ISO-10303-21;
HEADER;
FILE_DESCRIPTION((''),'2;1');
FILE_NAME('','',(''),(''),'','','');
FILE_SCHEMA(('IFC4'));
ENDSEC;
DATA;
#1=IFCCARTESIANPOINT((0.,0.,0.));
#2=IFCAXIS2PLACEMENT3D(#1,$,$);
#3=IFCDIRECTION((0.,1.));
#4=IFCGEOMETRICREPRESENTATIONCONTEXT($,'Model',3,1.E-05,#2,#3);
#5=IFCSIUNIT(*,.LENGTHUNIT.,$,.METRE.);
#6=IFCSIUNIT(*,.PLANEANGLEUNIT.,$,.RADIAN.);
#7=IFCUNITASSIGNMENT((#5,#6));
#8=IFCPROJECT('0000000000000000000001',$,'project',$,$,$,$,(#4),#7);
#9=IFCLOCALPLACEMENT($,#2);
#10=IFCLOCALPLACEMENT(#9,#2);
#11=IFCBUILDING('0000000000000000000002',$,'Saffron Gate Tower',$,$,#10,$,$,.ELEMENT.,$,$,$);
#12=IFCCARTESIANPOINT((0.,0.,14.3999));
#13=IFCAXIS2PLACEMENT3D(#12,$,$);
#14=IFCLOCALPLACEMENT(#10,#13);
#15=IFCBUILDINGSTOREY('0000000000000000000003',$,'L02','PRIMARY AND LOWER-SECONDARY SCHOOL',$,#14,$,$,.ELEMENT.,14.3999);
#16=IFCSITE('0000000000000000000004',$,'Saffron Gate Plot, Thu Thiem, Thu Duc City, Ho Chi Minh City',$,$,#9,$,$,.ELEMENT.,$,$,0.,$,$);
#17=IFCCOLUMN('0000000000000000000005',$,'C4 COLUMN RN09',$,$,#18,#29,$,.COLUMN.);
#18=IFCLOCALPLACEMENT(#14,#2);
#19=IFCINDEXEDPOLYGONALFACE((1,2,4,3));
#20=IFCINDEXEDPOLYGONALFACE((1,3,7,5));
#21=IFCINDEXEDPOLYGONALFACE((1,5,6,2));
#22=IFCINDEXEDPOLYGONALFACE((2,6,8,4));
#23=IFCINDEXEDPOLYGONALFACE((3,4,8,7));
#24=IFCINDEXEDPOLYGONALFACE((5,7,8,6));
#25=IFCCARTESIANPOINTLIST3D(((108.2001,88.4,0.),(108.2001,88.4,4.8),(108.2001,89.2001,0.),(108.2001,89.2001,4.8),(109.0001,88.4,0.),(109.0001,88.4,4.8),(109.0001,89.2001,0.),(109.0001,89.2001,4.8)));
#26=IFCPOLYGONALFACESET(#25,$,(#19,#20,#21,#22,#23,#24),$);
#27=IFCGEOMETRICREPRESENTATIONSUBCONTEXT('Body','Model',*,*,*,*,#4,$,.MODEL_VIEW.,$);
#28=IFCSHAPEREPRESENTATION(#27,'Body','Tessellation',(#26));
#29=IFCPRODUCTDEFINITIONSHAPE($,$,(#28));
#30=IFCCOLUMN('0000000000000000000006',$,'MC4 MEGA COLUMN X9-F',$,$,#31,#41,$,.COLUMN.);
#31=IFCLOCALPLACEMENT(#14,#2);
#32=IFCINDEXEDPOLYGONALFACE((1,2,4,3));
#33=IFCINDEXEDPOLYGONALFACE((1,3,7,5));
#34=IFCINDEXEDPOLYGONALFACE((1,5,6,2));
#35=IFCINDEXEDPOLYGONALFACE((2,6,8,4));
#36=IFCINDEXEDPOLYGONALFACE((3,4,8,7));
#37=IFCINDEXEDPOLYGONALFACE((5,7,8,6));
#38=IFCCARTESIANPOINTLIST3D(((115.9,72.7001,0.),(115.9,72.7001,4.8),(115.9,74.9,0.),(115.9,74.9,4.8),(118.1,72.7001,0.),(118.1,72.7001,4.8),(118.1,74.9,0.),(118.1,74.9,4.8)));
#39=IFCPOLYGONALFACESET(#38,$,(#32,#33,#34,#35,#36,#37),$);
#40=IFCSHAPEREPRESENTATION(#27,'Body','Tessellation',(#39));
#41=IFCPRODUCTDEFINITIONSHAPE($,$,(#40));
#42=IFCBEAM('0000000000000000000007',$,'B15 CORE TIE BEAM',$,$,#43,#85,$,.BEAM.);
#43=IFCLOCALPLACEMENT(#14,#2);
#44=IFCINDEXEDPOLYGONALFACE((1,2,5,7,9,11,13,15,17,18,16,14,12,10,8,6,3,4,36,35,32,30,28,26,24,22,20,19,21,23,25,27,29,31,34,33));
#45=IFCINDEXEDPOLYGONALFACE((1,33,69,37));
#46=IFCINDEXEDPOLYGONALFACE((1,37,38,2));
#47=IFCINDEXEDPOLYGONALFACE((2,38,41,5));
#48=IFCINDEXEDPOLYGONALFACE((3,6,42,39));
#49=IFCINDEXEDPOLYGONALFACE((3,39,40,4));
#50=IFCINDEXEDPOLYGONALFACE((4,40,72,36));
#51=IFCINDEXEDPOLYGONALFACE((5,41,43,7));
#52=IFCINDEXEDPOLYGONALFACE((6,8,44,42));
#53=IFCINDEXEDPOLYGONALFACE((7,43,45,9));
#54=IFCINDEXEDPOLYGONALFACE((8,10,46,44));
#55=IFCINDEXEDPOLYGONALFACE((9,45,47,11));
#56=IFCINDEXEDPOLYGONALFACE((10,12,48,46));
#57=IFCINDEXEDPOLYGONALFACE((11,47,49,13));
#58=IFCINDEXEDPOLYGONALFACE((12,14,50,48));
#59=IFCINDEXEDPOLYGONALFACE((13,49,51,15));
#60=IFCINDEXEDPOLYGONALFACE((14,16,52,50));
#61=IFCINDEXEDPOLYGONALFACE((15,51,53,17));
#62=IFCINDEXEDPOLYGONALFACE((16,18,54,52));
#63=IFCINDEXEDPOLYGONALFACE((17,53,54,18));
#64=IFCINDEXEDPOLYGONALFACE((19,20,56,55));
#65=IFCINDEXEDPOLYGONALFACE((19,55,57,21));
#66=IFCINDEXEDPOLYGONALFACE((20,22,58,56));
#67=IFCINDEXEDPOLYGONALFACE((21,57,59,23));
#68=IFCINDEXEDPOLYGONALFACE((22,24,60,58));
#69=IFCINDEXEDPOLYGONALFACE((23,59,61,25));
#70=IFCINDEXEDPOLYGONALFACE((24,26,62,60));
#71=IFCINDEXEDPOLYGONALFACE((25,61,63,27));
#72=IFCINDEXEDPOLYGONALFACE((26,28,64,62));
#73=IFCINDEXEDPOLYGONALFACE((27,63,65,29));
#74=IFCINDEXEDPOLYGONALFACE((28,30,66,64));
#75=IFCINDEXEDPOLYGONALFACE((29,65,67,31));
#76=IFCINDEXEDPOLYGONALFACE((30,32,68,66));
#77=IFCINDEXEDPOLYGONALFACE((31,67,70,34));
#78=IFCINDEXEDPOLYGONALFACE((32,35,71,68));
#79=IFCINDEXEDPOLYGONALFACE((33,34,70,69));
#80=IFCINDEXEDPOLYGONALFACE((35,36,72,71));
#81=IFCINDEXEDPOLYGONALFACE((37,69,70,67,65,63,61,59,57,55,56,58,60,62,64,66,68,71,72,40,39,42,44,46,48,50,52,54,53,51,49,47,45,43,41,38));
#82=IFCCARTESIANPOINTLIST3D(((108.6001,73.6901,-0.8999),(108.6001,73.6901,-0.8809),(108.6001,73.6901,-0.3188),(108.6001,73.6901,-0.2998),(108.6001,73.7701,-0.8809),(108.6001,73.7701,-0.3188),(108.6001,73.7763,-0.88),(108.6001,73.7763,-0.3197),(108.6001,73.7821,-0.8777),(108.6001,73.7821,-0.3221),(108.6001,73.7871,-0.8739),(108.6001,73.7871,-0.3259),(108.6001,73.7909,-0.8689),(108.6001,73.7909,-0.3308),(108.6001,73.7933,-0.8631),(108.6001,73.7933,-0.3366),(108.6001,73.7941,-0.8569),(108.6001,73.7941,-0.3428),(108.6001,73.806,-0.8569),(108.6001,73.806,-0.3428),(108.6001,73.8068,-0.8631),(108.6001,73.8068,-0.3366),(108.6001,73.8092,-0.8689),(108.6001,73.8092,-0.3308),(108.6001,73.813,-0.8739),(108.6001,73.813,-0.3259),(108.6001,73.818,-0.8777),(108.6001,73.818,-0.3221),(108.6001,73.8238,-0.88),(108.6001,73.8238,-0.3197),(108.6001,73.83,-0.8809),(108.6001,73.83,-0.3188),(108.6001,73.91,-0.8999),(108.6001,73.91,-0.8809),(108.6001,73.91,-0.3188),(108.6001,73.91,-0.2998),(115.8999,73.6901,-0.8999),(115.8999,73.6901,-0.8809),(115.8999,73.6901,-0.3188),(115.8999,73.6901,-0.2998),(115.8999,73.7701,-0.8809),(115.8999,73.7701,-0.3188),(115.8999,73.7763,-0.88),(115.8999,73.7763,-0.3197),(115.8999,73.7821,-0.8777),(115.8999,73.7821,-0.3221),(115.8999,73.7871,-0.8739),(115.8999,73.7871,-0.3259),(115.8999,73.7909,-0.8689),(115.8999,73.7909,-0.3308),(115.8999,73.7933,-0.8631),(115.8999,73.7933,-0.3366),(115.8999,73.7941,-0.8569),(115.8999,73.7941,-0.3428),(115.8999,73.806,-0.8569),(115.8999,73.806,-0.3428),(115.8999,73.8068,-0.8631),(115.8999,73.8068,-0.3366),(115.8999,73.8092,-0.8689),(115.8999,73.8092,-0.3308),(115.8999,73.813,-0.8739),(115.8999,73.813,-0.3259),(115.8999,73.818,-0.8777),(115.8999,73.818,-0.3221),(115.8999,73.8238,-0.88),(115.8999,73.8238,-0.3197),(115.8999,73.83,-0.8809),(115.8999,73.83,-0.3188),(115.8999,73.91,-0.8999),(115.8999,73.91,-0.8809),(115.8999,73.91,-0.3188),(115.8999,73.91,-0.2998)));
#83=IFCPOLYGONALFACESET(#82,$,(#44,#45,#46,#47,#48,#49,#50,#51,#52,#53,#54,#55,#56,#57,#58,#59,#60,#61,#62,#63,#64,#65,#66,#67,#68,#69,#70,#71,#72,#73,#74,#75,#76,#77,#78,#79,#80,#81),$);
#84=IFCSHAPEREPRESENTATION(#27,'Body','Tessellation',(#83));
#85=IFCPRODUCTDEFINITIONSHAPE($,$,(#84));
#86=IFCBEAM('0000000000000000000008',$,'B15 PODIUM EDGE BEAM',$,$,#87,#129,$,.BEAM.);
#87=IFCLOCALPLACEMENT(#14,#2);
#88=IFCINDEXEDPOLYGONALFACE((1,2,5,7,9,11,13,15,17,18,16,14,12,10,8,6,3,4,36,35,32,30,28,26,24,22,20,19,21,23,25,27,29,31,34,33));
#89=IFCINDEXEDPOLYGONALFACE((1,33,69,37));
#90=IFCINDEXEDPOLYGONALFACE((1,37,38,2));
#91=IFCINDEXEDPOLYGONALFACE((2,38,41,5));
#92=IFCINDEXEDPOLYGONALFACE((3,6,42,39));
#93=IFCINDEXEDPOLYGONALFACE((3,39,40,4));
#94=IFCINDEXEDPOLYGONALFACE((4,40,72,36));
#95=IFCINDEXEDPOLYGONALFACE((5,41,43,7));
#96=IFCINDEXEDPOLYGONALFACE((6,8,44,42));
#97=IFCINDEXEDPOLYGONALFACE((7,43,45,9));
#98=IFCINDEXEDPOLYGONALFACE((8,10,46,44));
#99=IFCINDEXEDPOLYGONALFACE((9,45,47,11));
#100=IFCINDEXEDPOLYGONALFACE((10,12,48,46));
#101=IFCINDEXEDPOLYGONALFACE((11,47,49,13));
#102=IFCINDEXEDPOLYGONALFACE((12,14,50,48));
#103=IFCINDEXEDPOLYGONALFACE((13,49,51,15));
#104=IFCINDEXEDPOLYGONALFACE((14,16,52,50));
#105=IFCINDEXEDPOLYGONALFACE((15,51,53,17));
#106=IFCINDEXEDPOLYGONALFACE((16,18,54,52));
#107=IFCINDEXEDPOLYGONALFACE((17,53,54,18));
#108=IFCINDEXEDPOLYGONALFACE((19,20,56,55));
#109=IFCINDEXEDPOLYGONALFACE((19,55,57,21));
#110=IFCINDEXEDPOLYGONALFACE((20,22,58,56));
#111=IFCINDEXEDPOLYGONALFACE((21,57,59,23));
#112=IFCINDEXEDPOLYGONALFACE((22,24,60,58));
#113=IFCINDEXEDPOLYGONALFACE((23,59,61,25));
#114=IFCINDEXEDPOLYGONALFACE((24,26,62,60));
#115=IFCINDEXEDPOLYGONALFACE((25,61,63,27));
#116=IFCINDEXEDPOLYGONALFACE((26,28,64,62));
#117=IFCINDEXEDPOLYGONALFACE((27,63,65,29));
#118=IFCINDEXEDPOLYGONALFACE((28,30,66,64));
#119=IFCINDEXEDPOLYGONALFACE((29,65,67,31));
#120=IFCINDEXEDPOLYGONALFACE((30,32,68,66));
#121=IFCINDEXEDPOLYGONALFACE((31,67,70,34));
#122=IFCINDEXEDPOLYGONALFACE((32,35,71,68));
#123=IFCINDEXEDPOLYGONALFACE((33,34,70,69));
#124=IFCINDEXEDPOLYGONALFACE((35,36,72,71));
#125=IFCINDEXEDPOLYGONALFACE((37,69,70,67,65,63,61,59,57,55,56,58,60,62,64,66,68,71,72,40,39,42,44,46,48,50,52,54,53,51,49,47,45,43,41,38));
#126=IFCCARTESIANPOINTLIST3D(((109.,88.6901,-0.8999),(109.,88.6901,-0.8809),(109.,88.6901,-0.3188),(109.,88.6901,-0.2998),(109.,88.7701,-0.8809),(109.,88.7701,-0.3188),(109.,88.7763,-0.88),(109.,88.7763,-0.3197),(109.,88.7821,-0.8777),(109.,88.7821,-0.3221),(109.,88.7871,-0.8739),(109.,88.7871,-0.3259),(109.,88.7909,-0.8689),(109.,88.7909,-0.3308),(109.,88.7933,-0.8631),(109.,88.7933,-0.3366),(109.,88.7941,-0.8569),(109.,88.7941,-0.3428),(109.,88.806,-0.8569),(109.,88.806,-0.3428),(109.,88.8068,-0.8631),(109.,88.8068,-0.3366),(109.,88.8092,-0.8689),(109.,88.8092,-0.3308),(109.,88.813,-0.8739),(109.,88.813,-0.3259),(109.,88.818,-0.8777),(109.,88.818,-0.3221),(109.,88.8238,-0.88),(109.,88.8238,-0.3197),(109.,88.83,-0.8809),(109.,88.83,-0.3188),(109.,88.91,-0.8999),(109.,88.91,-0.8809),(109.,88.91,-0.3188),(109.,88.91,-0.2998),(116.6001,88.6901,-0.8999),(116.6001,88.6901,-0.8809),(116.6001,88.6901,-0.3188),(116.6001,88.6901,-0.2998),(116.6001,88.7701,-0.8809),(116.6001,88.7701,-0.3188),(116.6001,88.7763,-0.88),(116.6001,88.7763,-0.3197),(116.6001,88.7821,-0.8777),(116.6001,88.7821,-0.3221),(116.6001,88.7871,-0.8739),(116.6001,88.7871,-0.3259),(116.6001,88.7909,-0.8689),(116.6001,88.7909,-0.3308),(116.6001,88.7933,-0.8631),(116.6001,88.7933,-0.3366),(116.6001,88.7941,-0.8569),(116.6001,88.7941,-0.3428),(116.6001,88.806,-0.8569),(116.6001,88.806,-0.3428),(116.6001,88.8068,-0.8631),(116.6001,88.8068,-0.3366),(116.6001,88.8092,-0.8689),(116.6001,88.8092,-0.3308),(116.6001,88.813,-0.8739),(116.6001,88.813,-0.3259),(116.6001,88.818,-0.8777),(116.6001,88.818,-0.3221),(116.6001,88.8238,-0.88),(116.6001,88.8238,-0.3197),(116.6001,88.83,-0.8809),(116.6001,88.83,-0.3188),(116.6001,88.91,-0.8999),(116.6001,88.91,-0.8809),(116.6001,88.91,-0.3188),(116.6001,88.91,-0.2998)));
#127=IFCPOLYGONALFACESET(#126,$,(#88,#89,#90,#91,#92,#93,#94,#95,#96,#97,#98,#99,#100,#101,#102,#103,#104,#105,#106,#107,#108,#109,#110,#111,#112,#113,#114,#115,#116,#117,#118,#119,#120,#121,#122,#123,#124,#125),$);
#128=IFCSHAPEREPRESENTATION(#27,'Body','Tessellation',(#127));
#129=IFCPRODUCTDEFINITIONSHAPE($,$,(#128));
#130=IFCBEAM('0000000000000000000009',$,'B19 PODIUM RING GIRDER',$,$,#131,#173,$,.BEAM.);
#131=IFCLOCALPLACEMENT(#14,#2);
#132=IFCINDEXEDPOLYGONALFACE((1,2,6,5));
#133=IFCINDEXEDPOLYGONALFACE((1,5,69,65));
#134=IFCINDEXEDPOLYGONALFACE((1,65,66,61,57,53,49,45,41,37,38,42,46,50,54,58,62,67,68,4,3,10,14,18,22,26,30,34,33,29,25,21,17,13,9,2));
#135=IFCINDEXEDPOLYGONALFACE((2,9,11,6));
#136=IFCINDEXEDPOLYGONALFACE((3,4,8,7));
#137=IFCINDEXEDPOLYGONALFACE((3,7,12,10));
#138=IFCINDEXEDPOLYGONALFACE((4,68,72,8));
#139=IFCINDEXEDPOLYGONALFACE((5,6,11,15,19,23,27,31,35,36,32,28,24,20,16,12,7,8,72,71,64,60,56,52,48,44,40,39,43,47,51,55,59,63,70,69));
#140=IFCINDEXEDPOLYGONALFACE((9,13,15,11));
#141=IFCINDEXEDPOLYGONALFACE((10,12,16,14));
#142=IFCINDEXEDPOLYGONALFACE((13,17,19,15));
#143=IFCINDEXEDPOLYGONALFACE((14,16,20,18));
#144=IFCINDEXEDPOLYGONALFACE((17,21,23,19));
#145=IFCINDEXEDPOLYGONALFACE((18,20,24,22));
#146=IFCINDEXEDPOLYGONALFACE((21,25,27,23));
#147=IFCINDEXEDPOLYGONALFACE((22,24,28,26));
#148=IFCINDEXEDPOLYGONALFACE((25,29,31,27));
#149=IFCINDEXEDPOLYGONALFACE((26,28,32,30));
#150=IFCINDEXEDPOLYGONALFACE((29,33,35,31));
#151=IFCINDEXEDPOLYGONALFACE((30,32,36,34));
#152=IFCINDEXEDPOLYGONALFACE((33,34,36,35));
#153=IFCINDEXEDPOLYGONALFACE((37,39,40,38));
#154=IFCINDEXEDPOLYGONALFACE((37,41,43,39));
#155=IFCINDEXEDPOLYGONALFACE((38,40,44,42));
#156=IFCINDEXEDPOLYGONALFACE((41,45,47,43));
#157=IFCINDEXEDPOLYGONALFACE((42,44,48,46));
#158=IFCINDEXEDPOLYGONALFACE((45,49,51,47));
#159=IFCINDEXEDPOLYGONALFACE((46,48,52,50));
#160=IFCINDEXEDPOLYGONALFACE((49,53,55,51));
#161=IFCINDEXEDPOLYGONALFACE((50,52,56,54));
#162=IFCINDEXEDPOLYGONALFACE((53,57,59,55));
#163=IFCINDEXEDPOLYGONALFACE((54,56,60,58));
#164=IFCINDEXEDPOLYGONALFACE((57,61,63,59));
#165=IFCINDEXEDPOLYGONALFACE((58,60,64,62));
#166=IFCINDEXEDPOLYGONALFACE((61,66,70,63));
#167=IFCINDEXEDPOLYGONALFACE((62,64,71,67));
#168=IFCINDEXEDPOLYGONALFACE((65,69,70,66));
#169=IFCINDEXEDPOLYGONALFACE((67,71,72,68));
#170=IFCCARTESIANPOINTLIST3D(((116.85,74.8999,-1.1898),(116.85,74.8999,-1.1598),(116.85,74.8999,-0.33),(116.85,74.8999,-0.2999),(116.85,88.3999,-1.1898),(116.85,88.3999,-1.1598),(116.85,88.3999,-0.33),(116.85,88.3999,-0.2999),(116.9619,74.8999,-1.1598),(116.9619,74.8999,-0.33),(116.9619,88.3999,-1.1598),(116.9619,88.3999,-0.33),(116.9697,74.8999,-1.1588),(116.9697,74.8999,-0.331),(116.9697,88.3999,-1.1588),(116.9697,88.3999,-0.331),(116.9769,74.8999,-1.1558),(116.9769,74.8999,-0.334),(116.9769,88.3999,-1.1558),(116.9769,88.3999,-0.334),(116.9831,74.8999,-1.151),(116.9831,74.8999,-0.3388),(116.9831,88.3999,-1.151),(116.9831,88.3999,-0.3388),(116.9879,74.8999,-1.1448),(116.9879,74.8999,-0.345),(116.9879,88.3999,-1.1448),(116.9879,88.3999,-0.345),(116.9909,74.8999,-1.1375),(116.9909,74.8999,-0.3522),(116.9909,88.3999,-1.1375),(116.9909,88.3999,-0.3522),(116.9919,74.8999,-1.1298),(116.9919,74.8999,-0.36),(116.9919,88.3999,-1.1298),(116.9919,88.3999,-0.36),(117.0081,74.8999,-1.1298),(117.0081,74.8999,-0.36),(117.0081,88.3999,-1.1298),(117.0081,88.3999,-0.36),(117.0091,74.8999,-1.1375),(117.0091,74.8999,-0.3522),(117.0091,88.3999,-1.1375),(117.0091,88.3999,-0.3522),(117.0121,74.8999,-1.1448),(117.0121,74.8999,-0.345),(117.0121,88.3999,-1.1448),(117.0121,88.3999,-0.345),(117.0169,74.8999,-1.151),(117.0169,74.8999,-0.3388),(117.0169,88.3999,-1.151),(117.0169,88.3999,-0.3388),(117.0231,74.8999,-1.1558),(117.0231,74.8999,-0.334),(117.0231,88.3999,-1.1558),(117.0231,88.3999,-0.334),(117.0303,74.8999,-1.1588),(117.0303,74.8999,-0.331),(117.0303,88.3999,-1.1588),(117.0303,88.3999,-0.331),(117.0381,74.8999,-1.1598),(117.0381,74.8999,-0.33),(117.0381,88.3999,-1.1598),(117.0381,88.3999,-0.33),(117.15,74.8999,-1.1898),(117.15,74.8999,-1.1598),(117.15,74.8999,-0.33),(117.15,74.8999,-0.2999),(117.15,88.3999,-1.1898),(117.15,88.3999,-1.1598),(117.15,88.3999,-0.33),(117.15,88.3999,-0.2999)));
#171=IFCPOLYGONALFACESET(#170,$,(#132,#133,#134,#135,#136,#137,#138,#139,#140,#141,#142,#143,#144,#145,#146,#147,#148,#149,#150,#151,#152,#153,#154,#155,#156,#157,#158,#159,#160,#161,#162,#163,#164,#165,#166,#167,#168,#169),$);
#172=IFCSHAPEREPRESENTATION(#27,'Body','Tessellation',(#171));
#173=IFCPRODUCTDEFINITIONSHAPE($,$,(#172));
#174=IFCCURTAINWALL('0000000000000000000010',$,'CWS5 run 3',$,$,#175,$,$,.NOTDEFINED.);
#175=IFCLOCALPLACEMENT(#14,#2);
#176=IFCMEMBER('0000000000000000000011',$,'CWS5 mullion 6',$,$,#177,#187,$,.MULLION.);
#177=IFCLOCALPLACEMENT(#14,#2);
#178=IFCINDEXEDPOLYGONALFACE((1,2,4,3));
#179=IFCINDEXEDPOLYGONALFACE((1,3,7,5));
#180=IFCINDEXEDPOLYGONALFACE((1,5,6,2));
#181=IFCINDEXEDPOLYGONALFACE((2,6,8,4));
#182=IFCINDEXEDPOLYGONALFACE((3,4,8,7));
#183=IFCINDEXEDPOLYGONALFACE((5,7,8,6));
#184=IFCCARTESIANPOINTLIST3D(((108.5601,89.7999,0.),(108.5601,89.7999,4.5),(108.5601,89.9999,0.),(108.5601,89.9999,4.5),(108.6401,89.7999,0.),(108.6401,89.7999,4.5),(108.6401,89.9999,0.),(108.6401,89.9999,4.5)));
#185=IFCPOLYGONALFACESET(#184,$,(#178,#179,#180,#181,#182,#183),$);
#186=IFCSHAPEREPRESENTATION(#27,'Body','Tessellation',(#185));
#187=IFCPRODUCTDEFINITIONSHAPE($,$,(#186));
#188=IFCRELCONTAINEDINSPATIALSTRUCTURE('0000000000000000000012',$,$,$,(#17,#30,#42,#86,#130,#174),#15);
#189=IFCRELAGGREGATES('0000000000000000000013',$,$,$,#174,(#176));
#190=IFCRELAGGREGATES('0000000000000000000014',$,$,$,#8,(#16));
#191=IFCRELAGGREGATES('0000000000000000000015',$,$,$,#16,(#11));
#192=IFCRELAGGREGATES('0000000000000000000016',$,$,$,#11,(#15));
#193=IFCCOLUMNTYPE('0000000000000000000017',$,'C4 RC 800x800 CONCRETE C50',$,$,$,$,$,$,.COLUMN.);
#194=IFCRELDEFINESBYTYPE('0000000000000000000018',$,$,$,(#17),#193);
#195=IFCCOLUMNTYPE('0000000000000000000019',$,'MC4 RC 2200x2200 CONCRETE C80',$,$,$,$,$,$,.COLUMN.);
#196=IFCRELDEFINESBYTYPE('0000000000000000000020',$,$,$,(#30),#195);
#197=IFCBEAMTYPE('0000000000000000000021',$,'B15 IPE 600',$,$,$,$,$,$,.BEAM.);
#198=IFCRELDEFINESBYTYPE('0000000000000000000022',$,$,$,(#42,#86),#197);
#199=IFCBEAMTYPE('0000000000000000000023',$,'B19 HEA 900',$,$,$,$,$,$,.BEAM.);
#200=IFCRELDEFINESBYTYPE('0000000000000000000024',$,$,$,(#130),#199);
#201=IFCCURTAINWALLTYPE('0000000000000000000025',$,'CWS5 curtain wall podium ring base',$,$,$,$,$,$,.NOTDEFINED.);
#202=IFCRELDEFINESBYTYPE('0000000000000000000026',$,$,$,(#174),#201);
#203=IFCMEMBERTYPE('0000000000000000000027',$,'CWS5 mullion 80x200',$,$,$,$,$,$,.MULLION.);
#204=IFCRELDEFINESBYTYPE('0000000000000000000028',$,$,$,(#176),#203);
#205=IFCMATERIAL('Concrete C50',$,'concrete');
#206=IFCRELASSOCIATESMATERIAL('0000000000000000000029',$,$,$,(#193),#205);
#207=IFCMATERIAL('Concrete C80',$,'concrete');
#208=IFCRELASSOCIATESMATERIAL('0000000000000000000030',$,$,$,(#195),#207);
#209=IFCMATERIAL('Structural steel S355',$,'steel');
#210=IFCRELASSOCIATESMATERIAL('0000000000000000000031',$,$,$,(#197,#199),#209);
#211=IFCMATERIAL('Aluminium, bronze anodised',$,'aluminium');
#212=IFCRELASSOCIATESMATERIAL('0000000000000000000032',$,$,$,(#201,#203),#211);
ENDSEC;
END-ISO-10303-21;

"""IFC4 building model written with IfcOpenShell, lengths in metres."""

from ifc_helpers import new_model, si_unit, direction, frame, origin, origin_2d, place, context, subcontext, project, spatial, rectangle, i_section, extrude, material, material_profile, profile_set, type_object, element, aggregate, save


model = new_model("IFC4")

# Units and contexts
model_context = context("Model", 3, precision=1e-05, world=origin(), true_north=direction((0.0, 1.0)))
body_context = subcontext(model_context, "Body", "Model", "MODEL_VIEW")
ifc_project = project(units=[si_unit("LENGTHUNIT", "METRE"), si_unit("PLANEANGLEUNIT", "RADIAN")], contexts=[model_context])

# Site, building, storey
site_placement = place(None, origin())
site = spatial("IfcSite", under=ifc_project, at=site_placement, Name="Saffron Gate Plot, Thu Thiem, Thu Duc City, Ho Chi Minh City", CompositionType="ELEMENT", RefElevation=0.0)
building_placement = place(site_placement, origin())
building = spatial("IfcBuilding", under=site, at=building_placement, Name="Saffron Gate Tower", CompositionType="ELEMENT")
storey_placement = place(building_placement, frame((0.0, 0.0, 14.3999)))
storey = spatial("IfcBuildingStorey", under=building, at=storey_placement, Name="L02", Description="PRIMARY AND LOWER-SECONDARY SCHOOL", CompositionType="ELEMENT", Elevation=14.3999)

# Columns
ifc_material_1 = material(Name="Concrete C50", Category="concrete")
ifc_material_profile_1 = material_profile(ifc_material_1, rectangle(XDim=0.8, YDim=0.8, at=origin_2d()))
ifc_profile_set_1 = profile_set([ifc_material_profile_1], Name="Concrete C50")
column_type_1 = type_object("IfcColumnType", Name="C4 RC 800x800 CONCRETE C50", PredefinedType="COLUMN", material=ifc_profile_set_1)
column_1_placement = place(storey_placement, frame((108.6001, 88.8, 0.0), z_axis=(0.0, 0.0, 1.0), x_axis=(1.0, 0.0, 0.0)))
element("IfcColumn", 1, at=column_1_placement, inside=storey, type_object=column_type_1, Name="C4 COLUMN RN09", PredefinedType="COLUMN", context=body_context, shape_type="SweptSolid", body=[
    extrude(rectangle(XDim=0.8, YDim=0.8, at=origin_2d()), origin(), (0.0, 0.0, 1.0), 4.8),
])
ifc_material_2 = material(Name="Concrete C80", Category="concrete")
ifc_material_profile_2 = material_profile(ifc_material_2, rectangle(XDim=2.2, YDim=2.2, at=origin_2d()))
ifc_profile_set_2 = profile_set([ifc_material_profile_2], Name="Concrete C80")
column_type_2 = type_object("IfcColumnType", Name="MC4 RC 2200x2200 CONCRETE C80", PredefinedType="COLUMN", material=ifc_profile_set_2)
column_2_placement = place(storey_placement, frame((117.0, 73.8, 0.0), z_axis=(0.0, 0.0, 1.0), x_axis=(1.0, 0.0, 0.0)))
element("IfcColumn", 2, at=column_2_placement, inside=storey, type_object=column_type_2, Name="MC4 MEGA COLUMN X9-F", PredefinedType="COLUMN", context=body_context, shape_type="SweptSolid", body=[
    extrude(rectangle(XDim=2.2, YDim=2.2, at=origin_2d()), origin(), (0.0, 0.0, 1.0), 4.8),
])

# Beams
ifc_material_3 = material(Name="Structural steel S355", Category="steel")
ifc_material_profile_3 = material_profile(ifc_material_3, i_section(OverallWidth=0.22, OverallDepth=0.6001, WebThickness=0.012, FlangeThickness=0.019, FilletRadius=0.0239, at=origin_2d()))
ifc_profile_set_3 = profile_set([ifc_material_profile_3], Name="Structural steel S355")
beam_type_1 = type_object("IfcBeamType", Name="B15 IPE 600", PredefinedType="BEAM", material=ifc_profile_set_3)
beam_1_placement = place(storey_placement, frame((115.8999, 73.8, -0.5999), z_axis=(-1.0, 0.0, 0.0), x_axis=(0.0, -1.0, 0.0)))
element("IfcBeam", 3, at=beam_1_placement, inside=storey, type_object=beam_type_1, Name="B15 CORE TIE BEAM", PredefinedType="BEAM", context=body_context, shape_type="SweptSolid", body=[
    extrude(i_section(OverallWidth=0.22, OverallDepth=0.6001, WebThickness=0.012, FlangeThickness=0.019, FilletRadius=0.0239, at=origin_2d()), origin(), (0.0, 0.0, 1.0), 7.2998),
])
beam_2_placement = place(storey_placement, frame((109.0, 88.8, -0.5999), z_axis=(1.0, 0.0, 0.0), x_axis=(0.0, 1.0, 0.0)))
element("IfcBeam", 4, at=beam_2_placement, inside=storey, type_object=beam_type_1, Name="B15 PODIUM EDGE BEAM", PredefinedType="BEAM", context=body_context, shape_type="SweptSolid", body=[
    extrude(i_section(OverallWidth=0.22, OverallDepth=0.6001, WebThickness=0.012, FlangeThickness=0.019, FilletRadius=0.0239, at=origin_2d()), origin(), (0.0, 0.0, 1.0), 7.6001),
])
ifc_material_profile_4 = material_profile(ifc_material_3, i_section(OverallWidth=0.3, OverallDepth=0.8899, WebThickness=0.0161, FlangeThickness=0.03, FilletRadius=0.03, at=origin_2d()))
ifc_profile_set_4 = profile_set([ifc_material_profile_4], Name="Structural steel S355")
beam_type_2 = type_object("IfcBeamType", Name="B19 HEA 900", PredefinedType="BEAM", material=ifc_profile_set_4)
beam_3_placement = place(storey_placement, frame((117.0, 88.3999, -0.7449), z_axis=(0.0, -1.0, 0.0), x_axis=(1.0, 0.0, 0.0)))
element("IfcBeam", 5, at=beam_3_placement, inside=storey, type_object=beam_type_2, Name="B19 PODIUM RING GIRDER", PredefinedType="BEAM", context=body_context, shape_type="SweptSolid", body=[
    extrude(i_section(OverallWidth=0.3, OverallDepth=0.8899, WebThickness=0.0161, FlangeThickness=0.03, FilletRadius=0.03, at=origin_2d()), origin(), (0.0, 0.0, 1.0), 13.5),
])

# Curtain wall, member
ifc_material_4 = material(Name="Aluminium, bronze anodised", Category="aluminium")
curtain_wall_type = type_object("IfcCurtainWallType", Name="CWS5 curtain wall podium ring base", PredefinedType="NOTDEFINED", material=ifc_material_4)
curtain_wall_placement = place(storey_placement, origin())
curtain_wall = element("IfcCurtainWall", 6, at=curtain_wall_placement, inside=storey, type_object=curtain_wall_type, Name="CWS5 run 3", PredefinedType="NOTDEFINED")
ifc_material_profile_5 = material_profile(ifc_material_4, rectangle(XDim=0.2, YDim=0.0801, at=origin_2d()))
ifc_profile_set_5 = profile_set([ifc_material_profile_5], Name="Aluminium, bronze anodised")
member_type = type_object("IfcMemberType", Name="CWS5 mullion 80x200", PredefinedType="MULLION", material=ifc_profile_set_5)
member_placement = place(storey_placement, frame((108.6001, 89.8999, 0.0), z_axis=(0.0, 0.0, 1.0), x_axis=(0.0, -1.0, 0.0)))
member = element("IfcMember", 7, at=member_placement, type_object=member_type, Name="CWS5 mullion 6", PredefinedType="MULLION", context=body_context, shape_type="SweptSolid", body=[
    extrude(rectangle(XDim=0.2, YDim=0.0801, at=origin_2d()), origin(), (0.0, 0.0, 1.0), 4.5),
])
aggregate(curtain_wall, [member])

save(model, "model.ifc")
